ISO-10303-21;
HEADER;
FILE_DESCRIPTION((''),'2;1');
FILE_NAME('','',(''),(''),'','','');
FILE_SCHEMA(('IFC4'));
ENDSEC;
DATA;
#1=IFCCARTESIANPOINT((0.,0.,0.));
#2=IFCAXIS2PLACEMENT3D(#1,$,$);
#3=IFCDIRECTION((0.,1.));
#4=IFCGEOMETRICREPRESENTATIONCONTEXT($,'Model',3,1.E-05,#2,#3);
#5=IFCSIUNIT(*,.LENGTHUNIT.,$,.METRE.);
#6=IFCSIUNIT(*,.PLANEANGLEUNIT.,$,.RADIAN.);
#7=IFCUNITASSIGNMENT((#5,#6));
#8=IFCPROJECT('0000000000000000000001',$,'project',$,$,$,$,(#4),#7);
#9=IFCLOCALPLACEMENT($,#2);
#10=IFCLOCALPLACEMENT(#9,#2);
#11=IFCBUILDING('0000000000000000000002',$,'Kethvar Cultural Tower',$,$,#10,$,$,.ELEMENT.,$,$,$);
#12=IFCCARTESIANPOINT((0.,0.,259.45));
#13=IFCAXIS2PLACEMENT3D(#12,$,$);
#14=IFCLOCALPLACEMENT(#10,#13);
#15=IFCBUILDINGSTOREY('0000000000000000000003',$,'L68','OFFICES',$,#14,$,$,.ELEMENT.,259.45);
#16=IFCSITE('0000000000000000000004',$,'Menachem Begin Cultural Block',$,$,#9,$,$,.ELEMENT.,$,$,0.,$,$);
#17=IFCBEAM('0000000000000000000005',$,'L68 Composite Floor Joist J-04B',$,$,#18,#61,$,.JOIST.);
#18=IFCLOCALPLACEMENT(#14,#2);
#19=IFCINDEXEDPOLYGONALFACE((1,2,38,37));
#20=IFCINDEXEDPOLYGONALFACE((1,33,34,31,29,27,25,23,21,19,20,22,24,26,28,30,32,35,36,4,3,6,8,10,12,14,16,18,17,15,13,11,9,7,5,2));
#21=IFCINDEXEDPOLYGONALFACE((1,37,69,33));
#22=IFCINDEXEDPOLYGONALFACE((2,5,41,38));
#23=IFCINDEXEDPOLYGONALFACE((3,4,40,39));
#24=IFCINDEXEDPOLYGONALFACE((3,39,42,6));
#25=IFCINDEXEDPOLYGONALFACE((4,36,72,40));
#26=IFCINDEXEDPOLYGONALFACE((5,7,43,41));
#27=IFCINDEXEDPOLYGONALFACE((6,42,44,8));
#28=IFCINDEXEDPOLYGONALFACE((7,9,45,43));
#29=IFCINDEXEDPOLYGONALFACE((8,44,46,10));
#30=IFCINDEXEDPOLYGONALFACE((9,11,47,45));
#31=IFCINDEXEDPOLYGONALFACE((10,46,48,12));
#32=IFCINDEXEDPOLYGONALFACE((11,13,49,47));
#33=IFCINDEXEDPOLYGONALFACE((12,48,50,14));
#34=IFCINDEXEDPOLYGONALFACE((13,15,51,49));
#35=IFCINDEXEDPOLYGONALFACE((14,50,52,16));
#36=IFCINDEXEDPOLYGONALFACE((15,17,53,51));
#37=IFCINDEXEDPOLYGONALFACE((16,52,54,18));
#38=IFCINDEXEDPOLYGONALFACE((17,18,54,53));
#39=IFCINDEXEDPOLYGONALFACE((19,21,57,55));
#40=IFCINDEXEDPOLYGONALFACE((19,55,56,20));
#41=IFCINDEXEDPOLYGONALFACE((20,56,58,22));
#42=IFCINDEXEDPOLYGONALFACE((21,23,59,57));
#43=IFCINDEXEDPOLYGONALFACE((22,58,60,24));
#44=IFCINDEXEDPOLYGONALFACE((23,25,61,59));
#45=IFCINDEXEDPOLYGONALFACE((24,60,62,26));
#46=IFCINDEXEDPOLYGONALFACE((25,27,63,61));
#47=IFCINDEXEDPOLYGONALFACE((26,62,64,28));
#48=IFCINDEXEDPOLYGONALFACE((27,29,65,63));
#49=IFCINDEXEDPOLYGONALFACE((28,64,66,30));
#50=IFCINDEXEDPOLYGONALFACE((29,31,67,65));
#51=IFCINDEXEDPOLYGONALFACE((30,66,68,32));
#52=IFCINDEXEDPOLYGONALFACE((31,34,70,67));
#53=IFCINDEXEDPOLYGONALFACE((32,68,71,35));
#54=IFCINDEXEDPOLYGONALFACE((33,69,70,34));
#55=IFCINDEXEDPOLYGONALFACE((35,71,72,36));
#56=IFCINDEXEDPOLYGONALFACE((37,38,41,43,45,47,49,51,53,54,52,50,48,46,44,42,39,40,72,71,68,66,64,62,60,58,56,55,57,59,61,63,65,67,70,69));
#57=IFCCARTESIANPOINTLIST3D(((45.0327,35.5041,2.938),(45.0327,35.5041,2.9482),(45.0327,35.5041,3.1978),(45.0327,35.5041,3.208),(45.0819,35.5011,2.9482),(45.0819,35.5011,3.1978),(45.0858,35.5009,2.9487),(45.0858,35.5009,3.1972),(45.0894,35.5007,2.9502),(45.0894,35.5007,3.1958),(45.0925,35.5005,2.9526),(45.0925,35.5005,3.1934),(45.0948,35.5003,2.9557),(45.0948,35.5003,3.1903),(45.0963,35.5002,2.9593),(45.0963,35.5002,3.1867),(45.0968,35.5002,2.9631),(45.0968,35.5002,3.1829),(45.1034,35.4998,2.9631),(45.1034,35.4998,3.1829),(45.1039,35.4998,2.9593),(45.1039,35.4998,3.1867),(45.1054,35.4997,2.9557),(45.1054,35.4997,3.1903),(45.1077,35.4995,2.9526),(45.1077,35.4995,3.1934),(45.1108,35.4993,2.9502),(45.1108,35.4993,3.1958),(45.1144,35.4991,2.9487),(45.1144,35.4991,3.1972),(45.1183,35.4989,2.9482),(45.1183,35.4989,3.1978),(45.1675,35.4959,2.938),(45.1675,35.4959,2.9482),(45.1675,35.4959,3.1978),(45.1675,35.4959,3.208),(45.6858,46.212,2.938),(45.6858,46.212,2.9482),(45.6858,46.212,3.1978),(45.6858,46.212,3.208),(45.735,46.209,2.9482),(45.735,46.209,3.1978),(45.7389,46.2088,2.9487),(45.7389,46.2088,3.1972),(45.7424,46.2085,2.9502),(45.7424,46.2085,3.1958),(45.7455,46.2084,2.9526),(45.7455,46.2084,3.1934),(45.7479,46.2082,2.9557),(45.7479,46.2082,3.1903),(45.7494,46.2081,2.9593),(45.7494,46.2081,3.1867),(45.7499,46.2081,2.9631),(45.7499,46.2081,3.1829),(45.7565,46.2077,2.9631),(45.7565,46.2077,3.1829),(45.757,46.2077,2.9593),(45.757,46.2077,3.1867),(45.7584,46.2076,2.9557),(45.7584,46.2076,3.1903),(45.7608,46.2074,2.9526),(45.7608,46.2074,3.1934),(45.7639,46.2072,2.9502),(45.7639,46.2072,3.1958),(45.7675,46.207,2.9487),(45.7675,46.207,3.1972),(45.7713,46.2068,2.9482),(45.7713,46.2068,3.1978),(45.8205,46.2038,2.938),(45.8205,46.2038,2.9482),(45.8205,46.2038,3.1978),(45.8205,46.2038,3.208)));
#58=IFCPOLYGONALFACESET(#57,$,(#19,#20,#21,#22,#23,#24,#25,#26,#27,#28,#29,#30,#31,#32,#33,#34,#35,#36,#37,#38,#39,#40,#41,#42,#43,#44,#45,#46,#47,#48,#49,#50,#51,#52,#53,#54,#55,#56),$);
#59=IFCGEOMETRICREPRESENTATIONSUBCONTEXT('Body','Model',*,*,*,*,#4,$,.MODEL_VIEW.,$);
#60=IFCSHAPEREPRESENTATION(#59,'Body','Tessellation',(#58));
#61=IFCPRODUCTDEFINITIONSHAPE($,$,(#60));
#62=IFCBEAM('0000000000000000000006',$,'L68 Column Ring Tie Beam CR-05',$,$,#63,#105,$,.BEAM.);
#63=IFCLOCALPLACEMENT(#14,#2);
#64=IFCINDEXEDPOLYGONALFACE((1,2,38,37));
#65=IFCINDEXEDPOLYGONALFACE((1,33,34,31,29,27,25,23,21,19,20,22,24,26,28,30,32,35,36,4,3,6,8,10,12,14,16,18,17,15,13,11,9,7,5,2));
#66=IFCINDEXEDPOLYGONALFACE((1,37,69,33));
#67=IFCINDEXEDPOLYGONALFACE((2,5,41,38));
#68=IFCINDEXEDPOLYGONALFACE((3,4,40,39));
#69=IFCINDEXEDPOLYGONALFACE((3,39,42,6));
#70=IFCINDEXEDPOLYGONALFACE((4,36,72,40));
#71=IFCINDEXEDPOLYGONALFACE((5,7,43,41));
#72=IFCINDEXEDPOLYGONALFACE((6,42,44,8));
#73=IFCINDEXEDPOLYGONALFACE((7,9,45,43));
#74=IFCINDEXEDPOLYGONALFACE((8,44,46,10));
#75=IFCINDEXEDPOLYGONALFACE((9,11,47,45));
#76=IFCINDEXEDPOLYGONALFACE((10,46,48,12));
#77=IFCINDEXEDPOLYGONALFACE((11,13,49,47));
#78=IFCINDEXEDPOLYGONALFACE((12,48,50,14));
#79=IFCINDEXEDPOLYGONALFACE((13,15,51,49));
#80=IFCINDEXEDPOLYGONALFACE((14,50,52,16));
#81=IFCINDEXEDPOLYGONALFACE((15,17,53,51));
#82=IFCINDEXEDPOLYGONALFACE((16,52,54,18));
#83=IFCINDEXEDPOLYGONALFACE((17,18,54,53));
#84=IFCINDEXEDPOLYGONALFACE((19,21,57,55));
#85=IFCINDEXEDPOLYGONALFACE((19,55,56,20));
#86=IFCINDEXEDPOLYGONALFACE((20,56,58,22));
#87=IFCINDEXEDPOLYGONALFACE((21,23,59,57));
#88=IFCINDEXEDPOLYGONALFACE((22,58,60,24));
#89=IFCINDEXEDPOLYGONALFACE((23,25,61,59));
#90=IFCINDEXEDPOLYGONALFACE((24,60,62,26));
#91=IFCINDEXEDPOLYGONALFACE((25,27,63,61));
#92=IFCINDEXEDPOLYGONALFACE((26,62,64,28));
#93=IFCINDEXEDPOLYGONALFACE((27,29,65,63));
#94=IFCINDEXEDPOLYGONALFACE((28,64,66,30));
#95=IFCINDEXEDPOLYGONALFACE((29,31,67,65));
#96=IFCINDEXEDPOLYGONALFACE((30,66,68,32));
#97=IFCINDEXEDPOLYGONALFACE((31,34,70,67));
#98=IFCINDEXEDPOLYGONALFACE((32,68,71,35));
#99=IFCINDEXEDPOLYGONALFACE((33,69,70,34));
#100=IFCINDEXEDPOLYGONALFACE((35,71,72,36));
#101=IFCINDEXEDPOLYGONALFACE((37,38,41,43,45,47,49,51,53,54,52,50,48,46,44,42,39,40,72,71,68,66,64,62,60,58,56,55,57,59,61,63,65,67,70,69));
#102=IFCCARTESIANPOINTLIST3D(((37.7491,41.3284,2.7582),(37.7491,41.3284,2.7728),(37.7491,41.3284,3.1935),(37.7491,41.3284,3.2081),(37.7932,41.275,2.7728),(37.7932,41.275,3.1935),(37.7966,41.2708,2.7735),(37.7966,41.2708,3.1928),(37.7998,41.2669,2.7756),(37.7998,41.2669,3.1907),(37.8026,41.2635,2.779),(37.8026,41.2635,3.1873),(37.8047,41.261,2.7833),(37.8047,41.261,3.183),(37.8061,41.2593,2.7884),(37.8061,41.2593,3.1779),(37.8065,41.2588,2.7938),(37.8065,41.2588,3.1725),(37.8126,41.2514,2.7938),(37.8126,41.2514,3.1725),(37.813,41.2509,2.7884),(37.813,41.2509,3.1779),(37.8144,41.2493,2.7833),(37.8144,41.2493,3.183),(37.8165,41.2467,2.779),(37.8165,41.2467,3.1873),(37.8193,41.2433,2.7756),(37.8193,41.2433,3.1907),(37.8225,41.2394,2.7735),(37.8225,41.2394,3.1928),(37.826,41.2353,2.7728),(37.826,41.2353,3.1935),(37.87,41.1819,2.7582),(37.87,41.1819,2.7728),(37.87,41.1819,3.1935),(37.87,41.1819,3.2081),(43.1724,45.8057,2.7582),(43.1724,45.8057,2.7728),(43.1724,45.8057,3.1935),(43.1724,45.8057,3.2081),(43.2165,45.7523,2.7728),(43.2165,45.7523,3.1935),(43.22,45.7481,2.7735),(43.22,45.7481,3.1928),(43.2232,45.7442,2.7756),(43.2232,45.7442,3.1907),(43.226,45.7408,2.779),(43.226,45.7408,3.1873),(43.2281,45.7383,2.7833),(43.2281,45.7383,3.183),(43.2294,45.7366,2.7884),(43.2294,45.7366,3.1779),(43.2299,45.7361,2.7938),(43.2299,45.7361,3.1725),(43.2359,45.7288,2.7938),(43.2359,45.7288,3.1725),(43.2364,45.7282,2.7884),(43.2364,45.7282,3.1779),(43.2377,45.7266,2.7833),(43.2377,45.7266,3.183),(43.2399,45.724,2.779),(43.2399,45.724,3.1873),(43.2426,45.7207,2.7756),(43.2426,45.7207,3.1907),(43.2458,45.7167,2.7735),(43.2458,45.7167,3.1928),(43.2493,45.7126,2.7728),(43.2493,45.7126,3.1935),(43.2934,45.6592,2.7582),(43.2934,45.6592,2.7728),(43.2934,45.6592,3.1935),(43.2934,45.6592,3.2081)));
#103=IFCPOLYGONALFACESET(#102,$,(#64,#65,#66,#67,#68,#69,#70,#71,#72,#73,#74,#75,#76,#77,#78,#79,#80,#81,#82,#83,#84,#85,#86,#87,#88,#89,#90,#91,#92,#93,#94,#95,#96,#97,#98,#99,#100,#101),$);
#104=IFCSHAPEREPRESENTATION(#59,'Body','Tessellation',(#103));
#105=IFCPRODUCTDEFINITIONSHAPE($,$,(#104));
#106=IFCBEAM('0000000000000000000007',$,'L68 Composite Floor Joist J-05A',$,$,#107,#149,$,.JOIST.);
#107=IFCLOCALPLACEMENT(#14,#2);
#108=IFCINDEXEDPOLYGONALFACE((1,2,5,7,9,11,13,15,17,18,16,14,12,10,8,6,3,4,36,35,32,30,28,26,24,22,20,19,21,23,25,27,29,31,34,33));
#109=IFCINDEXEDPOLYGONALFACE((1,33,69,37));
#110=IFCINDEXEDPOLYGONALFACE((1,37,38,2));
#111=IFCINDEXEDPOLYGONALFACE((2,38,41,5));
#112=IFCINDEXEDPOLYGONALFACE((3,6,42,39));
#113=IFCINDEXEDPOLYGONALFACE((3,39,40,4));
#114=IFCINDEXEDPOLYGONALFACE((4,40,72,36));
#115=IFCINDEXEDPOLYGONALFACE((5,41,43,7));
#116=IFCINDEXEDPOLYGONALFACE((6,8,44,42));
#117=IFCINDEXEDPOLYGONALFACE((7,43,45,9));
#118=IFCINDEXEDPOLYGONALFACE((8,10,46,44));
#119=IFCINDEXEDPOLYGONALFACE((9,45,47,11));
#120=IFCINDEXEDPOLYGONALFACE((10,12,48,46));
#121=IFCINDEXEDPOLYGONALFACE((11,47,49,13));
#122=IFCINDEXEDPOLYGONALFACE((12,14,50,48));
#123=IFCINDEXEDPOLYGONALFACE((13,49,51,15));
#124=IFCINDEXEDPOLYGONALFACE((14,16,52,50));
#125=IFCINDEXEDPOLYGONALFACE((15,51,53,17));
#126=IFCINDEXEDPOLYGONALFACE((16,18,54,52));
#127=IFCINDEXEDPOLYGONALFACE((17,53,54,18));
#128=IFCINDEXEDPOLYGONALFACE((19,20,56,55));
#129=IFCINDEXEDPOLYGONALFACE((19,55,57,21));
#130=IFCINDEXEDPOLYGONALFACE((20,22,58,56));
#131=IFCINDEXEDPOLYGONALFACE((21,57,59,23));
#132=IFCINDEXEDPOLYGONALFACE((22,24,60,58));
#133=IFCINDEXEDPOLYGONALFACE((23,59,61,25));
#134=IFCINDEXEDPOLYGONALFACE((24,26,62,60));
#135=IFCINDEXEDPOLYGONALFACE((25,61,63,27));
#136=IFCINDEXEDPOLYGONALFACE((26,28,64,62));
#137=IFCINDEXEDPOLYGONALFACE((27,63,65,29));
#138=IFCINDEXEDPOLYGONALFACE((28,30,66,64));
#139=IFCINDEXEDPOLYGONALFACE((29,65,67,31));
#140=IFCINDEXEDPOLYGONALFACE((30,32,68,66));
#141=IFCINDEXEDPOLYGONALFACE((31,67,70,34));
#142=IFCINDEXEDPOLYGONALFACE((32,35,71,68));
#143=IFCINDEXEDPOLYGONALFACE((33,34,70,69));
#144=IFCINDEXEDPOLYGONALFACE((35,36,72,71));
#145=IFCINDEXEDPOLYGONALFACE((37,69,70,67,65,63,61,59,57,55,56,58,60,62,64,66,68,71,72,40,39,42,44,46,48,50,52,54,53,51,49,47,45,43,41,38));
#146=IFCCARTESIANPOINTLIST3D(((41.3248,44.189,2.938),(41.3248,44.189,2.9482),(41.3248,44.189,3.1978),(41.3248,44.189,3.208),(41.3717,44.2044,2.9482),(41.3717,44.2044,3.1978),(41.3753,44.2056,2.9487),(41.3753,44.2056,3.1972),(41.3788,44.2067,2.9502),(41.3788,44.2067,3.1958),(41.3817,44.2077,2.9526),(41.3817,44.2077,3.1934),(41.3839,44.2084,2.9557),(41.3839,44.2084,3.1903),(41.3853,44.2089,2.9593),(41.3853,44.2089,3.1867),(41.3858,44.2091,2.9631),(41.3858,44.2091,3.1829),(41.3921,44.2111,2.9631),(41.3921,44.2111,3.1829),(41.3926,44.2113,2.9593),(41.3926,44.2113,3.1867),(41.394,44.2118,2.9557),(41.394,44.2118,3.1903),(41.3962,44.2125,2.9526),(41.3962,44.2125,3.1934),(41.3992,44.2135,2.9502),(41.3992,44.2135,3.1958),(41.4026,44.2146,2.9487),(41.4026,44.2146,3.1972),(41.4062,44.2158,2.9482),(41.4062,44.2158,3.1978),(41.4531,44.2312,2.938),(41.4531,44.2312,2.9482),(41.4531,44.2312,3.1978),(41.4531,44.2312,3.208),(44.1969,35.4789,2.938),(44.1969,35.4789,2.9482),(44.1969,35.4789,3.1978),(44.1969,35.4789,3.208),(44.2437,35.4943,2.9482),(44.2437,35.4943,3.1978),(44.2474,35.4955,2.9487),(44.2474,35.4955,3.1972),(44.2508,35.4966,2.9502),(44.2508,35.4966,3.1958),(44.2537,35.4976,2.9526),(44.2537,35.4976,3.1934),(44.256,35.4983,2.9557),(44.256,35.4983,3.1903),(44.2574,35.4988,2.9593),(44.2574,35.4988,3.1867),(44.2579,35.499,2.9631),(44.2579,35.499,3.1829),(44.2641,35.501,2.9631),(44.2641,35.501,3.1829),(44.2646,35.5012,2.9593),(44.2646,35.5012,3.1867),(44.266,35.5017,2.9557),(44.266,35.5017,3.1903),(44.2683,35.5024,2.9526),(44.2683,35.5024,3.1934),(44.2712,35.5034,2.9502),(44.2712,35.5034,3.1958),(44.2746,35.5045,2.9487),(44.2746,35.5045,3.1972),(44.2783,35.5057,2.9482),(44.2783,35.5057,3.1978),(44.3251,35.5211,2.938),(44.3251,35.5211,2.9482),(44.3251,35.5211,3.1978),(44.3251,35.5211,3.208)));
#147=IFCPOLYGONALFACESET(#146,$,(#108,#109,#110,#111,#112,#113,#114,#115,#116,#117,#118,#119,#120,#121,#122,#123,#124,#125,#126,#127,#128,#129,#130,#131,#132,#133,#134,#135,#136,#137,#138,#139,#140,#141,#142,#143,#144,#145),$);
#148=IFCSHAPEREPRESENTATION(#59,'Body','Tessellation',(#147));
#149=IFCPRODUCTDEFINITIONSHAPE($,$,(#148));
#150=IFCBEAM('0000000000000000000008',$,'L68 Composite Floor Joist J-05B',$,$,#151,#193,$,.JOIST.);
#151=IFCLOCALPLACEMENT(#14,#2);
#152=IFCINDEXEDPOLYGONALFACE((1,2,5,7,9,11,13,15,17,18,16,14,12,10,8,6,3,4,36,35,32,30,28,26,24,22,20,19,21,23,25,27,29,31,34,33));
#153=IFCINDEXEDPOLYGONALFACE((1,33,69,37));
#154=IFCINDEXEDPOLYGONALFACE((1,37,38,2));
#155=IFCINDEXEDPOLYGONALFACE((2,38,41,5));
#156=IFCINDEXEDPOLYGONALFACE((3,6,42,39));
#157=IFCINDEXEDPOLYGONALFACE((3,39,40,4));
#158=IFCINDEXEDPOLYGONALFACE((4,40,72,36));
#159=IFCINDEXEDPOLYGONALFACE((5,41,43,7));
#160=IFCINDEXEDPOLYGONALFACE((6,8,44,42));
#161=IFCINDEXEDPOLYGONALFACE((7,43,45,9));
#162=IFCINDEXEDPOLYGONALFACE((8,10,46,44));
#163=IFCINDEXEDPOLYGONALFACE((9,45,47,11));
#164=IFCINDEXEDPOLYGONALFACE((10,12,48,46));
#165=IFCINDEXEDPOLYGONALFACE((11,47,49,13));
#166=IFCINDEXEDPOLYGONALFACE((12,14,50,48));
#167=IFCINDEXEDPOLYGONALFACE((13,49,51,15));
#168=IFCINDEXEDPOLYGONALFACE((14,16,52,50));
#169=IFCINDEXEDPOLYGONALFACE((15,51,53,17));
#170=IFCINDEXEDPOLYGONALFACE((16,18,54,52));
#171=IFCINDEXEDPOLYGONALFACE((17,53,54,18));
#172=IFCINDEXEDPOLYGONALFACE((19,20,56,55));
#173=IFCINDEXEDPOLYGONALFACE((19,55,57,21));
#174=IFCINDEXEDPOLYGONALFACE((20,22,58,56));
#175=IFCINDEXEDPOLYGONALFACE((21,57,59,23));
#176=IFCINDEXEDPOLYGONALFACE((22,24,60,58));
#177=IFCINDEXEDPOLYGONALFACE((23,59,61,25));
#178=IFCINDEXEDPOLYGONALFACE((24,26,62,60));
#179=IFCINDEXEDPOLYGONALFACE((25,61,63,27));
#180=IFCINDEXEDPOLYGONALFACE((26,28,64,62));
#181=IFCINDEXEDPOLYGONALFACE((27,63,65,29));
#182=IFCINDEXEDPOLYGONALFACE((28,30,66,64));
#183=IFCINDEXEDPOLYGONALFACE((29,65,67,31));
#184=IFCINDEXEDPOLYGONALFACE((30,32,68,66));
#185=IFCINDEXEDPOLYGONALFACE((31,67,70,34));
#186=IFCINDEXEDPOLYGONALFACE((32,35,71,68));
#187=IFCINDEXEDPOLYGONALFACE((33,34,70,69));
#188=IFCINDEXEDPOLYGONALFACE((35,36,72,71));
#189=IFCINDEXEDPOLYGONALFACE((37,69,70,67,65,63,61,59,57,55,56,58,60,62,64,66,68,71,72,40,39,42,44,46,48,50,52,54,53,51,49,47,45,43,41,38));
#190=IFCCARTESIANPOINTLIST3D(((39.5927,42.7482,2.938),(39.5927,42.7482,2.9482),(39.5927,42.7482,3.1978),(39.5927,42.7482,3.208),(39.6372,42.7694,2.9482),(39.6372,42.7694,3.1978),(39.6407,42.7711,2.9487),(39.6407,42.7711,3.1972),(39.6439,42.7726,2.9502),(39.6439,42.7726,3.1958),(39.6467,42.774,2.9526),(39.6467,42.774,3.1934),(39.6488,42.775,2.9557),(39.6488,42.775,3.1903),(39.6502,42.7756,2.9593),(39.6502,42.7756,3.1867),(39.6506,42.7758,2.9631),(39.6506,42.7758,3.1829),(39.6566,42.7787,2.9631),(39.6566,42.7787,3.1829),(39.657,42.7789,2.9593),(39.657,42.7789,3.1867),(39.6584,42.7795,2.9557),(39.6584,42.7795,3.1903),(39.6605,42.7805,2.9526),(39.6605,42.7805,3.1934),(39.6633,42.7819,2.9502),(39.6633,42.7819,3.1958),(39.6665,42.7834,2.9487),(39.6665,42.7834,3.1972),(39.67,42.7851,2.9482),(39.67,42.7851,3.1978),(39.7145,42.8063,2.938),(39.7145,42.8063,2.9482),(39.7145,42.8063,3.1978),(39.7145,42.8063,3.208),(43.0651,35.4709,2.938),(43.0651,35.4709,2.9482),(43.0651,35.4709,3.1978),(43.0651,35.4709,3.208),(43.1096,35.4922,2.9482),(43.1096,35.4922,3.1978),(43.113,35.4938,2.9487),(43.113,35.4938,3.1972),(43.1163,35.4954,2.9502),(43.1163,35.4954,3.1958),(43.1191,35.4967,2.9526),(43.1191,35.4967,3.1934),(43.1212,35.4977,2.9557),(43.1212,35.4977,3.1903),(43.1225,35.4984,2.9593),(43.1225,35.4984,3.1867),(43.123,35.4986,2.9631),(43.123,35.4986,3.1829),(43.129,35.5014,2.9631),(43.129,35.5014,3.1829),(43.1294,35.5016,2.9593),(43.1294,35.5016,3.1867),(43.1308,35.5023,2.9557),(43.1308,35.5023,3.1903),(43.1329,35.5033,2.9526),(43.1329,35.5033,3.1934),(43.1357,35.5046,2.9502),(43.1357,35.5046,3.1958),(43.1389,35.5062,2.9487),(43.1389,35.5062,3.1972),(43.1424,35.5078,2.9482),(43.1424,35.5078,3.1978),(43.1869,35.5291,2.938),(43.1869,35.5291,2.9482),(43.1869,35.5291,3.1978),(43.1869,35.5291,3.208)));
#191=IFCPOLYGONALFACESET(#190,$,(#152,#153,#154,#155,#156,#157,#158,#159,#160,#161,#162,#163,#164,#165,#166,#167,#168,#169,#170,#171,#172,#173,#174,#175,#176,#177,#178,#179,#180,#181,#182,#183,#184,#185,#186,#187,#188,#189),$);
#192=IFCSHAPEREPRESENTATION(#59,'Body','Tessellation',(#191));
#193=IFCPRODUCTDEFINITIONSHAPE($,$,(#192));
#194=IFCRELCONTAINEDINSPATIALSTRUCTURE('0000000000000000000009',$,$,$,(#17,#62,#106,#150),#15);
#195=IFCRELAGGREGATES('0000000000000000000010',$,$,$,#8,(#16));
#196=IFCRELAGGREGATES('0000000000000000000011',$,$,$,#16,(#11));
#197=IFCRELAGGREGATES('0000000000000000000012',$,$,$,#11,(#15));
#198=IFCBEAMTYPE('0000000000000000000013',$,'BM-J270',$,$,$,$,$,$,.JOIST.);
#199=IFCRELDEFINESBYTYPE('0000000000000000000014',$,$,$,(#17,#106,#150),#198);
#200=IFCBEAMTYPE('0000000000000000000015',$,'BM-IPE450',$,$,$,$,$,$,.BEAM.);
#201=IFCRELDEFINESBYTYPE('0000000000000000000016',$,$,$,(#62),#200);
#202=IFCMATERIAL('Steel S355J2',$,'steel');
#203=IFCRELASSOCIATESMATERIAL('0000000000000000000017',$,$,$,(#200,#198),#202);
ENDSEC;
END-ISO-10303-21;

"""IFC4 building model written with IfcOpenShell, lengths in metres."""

from ifc_helpers import new_model, si_unit, direction, frame, origin, origin_2d, place, context, subcontext, project, spatial, i_section, extrude, source, transform, mapped, material, material_profile, profile_set, type_object, element, save


model = new_model("IFC4")

# Units and contexts
model_context = context("Model", 3, precision=1e-05, world=origin(), true_north=direction((0.0, 1.0)))
body_context = subcontext(model_context, "Body", "Model", "MODEL_VIEW")
ifc_project = project(units=[si_unit("LENGTHUNIT", "METRE"), si_unit("PLANEANGLEUNIT", "RADIAN")], contexts=[model_context])

# Site, building, storey
site_placement = place(None, origin())
site = spatial("IfcSite", under=ifc_project, at=site_placement, Name="Menachem Begin Cultural Block", CompositionType="ELEMENT", RefElevation=0.0)
building_placement = place(site_placement, origin())
building = spatial("IfcBuilding", under=site, at=building_placement, Name="Kethvar Cultural Tower", CompositionType="ELEMENT")
storey_placement = place(building_placement, frame((0.0, 0.0, 259.45)))
storey = spatial("IfcBuildingStorey", under=building, at=storey_placement, Name="L68", Description="OFFICES", CompositionType="ELEMENT", Elevation=259.45)

# Beams
ifc_material_1 = material(Name="Steel S355J2", Category="steel")
ifc_material_profile_1 = material_profile(ifc_material_1, i_section(OverallWidth=0.1899, OverallDepth=0.45, WebThickness=0.0095, FlangeThickness=0.0146, FilletRadius=0.021, at=origin_2d()), Name="Steel S355J2 — IPE450")
ifc_profile_set_1 = profile_set([ifc_material_profile_1], Name="Steel S355J2 — IPE450")
beam_type_1 = type_object("IfcBeamType", Name="BM-IPE450", PredefinedType="BEAM", material=ifc_profile_set_1)
ifc_material_profile_2 = material_profile(ifc_material_1, i_section(OverallWidth=0.135, OverallDepth=0.27, WebThickness=0.0066, FlangeThickness=0.0103, FilletRadius=0.0149, at=origin_2d()), Name="Steel S355J2 — IPE270")
ifc_profile_set_2 = profile_set([ifc_material_profile_2], Name="Steel S355J2 — IPE270")
beam_type_2 = type_object("IfcBeamType", Name="BM-J270", PredefinedType="JOIST", material=ifc_profile_set_2)
shared_shape_1 = source(origin(), body_context, "Body", "SweptSolid", [
    extrude(i_section(OverallWidth=0.135, OverallDepth=0.27, WebThickness=0.0066, FlangeThickness=0.0103, FilletRadius=0.0149, at=origin_2d()), origin(), (0.0, 0.0, 1.0), 10.7278),
])
beam_1_placement = place(storey_placement, frame((45.1001, 35.5, 3.073), z_axis=(0.060876, 0.998145, 0.0), x_axis=(-0.998145, 0.060876, 0.0)))
element("IfcBeam", 1, at=beam_1_placement, inside=storey, type_object=beam_type_2, Name="L68 Composite Floor Joist J-04B", PredefinedType="JOIST", context=body_context, shape_type="MappedRepresentation", body=[
    mapped(shared_shape_1, transform((0.0, 0.0, 0.0), scale=1.0)),
])
shared_shape_2 = source(origin(), body_context, "Body", "SweptSolid", [
    extrude(i_section(OverallWidth=0.1899, OverallDepth=0.45, WebThickness=0.0095, FlangeThickness=0.0146, FilletRadius=0.021, at=origin_2d()), origin(), (0.0, 0.0, 1.0), 7.0327),
])
beam_2_placement = place(storey_placement, frame((43.2329, 45.7324, 2.9832), z_axis=(-0.771161, -0.63664, 0.0), x_axis=(0.63664, -0.771161, 0.0)))
element("IfcBeam", 2, at=beam_2_placement, inside=storey, type_object=beam_type_1, Name="L68 Column Ring Tie Beam CR-05", PredefinedType="BEAM", context=body_context, shape_type="MappedRepresentation", body=[
    mapped(shared_shape_2, transform((0.0, 0.0, 0.0), scale=1.0)),
])
shared_shape_3 = source(origin(), body_context, "Body", "SweptSolid", [
    extrude(i_section(OverallWidth=0.135, OverallDepth=0.27, WebThickness=0.0066, FlangeThickness=0.0103, FilletRadius=0.0149, at=origin_2d()), origin(), (0.0, 0.0, 1.0), 9.1714),
])
beam_3_placement = place(storey_placement, frame((44.261, 35.5, 3.073), z_axis=(-0.313152, 0.949703, 0.0), x_axis=(-0.949703, -0.313152, 0.0)))
element("IfcBeam", 3, at=beam_3_placement, inside=storey, type_object=beam_type_2, Name="L68 Composite Floor Joist J-05A", PredefinedType="JOIST", context=body_context, shape_type="MappedRepresentation", body=[
    mapped(shared_shape_3, transform((0.0, 0.0, 0.0), scale=1.0)),
])
shared_shape_4 = source(origin(), body_context, "Body", "SweptSolid", [
    extrude(i_section(OverallWidth=0.135, OverallDepth=0.27, WebThickness=0.0066, FlangeThickness=0.0103, FilletRadius=0.0149, at=origin_2d()), origin(), (0.0, 0.0, 1.0), 8.0632),
])
beam_4_placement = place(storey_placement, frame((43.126, 35.5, 3.073), z_axis=(-0.430642, 0.902523, 0.0), x_axis=(-0.902523, -0.430642, 0.0)))
element("IfcBeam", 4, at=beam_4_placement, inside=storey, type_object=beam_type_2, Name="L68 Composite Floor Joist J-05B", PredefinedType="JOIST", context=body_context, shape_type="MappedRepresentation", body=[
    mapped(shared_shape_4, transform((0.0, 0.0, 0.0), scale=1.0)),
])

save(model, "model.ifc")
